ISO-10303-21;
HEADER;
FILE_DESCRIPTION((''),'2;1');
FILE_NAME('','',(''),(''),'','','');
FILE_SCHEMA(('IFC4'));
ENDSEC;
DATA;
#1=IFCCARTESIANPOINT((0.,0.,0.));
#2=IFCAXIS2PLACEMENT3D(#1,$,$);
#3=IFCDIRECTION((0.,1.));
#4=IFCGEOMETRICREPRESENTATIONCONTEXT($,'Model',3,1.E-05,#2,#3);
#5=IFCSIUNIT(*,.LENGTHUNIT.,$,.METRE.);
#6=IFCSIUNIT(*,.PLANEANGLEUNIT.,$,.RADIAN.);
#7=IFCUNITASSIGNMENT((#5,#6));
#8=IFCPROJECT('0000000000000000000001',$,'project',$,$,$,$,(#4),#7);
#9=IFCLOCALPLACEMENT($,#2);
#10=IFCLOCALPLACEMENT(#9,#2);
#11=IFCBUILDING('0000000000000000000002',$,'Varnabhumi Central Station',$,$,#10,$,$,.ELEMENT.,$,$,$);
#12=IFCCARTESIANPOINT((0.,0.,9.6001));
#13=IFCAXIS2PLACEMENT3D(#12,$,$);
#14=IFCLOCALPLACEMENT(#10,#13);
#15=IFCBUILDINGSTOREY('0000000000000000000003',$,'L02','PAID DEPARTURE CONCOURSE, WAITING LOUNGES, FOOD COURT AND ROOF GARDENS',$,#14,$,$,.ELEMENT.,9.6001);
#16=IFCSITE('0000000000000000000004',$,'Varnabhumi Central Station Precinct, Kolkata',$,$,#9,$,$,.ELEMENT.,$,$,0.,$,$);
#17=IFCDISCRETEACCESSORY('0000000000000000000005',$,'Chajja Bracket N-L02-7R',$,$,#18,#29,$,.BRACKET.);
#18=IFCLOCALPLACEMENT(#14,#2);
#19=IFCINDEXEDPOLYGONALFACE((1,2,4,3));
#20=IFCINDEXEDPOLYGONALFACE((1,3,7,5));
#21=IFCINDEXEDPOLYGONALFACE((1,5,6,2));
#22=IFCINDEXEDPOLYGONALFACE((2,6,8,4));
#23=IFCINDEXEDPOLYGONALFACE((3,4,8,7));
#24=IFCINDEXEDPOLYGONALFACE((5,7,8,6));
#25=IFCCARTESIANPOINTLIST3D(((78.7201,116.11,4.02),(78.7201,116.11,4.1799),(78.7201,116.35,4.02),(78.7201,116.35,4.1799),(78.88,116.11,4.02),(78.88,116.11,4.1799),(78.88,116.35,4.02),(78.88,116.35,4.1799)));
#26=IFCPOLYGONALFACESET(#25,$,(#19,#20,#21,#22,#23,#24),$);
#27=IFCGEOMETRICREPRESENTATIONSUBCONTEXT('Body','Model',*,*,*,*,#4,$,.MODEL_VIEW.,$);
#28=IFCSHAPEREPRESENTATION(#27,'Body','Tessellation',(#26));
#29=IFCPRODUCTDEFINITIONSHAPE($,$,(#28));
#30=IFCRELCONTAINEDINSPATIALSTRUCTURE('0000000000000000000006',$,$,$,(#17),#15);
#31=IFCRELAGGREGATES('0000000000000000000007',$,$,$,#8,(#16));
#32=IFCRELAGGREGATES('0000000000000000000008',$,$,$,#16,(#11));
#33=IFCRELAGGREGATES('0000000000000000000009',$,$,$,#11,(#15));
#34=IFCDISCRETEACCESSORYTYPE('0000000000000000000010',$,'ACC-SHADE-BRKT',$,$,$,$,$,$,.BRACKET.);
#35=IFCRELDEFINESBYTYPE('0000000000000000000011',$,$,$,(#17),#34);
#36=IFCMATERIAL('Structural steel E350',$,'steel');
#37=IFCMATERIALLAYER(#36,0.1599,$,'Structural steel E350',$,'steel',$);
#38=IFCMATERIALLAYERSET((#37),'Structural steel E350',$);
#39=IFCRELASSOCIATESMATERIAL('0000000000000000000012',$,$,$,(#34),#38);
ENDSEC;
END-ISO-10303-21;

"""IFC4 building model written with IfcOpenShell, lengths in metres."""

from ifc_helpers import new_model, si_unit, direction, frame, origin, origin_2d, place, context, subcontext, project, spatial, rectangle, extrude, material, layer, layer_set, type_object, element, save


model = new_model("IFC4")

# Units and contexts
model_context = context("Model", 3, precision=1e-05, world=origin(), true_north=direction((0.0, 1.0)))
body_context = subcontext(model_context, "Body", "Model", "MODEL_VIEW")
ifc_project = project(units=[si_unit("LENGTHUNIT", "METRE"), si_unit("PLANEANGLEUNIT", "RADIAN")], contexts=[model_context])

# Site, building, storey
site_placement = place(None, origin())
site = spatial("IfcSite", under=ifc_project, at=site_placement, Name="Varnabhumi Central Station Precinct, Kolkata", CompositionType="ELEMENT", RefElevation=0.0)
building_placement = place(site_placement, origin())
building = spatial("IfcBuilding", under=site, at=building_placement, Name="Varnabhumi Central Station", CompositionType="ELEMENT")
storey_placement = place(building_placement, frame((0.0, 0.0, 9.6001)))
storey = spatial("IfcBuildingStorey", under=building, at=storey_placement, Name="L02", Description="PAID DEPARTURE CONCOURSE, WAITING LOUNGES, FOOD COURT AND ROOF GARDENS", CompositionType="ELEMENT", Elevation=9.6001)

# Shared definitions
ifc_material_1 = material(Name="Structural steel E350", Category="steel")

# Discrete accessory
ifc_layer_1 = layer(ifc_material_1, 0.1599, Name="Structural steel E350", Category="steel")
ifc_layer_set_1 = layer_set([ifc_layer_1], Name="Structural steel E350")
discrete_accessory_type = type_object("IfcDiscreteAccessoryType", Name="ACC-SHADE-BRKT", PredefinedType="BRACKET", material=ifc_layer_set_1)
discrete_accessory_placement = place(storey_placement, frame((78.8, 116.23, 4.02), z_axis=(0.0, 0.0, 1.0), x_axis=(1.0, 0.0, 0.0)))
element("IfcDiscreteAccessory", 1, at=discrete_accessory_placement, inside=storey, type_object=discrete_accessory_type, Name="Chajja Bracket N-L02-7R", PredefinedType="BRACKET", context=body_context, shape_type="SweptSolid", body=[
    extrude(rectangle(XDim=0.1599, YDim=0.24, at=origin_2d()), origin(), (0.0, 0.0, 1.0), 0.1599),
])

save(model, "model.ifc")
